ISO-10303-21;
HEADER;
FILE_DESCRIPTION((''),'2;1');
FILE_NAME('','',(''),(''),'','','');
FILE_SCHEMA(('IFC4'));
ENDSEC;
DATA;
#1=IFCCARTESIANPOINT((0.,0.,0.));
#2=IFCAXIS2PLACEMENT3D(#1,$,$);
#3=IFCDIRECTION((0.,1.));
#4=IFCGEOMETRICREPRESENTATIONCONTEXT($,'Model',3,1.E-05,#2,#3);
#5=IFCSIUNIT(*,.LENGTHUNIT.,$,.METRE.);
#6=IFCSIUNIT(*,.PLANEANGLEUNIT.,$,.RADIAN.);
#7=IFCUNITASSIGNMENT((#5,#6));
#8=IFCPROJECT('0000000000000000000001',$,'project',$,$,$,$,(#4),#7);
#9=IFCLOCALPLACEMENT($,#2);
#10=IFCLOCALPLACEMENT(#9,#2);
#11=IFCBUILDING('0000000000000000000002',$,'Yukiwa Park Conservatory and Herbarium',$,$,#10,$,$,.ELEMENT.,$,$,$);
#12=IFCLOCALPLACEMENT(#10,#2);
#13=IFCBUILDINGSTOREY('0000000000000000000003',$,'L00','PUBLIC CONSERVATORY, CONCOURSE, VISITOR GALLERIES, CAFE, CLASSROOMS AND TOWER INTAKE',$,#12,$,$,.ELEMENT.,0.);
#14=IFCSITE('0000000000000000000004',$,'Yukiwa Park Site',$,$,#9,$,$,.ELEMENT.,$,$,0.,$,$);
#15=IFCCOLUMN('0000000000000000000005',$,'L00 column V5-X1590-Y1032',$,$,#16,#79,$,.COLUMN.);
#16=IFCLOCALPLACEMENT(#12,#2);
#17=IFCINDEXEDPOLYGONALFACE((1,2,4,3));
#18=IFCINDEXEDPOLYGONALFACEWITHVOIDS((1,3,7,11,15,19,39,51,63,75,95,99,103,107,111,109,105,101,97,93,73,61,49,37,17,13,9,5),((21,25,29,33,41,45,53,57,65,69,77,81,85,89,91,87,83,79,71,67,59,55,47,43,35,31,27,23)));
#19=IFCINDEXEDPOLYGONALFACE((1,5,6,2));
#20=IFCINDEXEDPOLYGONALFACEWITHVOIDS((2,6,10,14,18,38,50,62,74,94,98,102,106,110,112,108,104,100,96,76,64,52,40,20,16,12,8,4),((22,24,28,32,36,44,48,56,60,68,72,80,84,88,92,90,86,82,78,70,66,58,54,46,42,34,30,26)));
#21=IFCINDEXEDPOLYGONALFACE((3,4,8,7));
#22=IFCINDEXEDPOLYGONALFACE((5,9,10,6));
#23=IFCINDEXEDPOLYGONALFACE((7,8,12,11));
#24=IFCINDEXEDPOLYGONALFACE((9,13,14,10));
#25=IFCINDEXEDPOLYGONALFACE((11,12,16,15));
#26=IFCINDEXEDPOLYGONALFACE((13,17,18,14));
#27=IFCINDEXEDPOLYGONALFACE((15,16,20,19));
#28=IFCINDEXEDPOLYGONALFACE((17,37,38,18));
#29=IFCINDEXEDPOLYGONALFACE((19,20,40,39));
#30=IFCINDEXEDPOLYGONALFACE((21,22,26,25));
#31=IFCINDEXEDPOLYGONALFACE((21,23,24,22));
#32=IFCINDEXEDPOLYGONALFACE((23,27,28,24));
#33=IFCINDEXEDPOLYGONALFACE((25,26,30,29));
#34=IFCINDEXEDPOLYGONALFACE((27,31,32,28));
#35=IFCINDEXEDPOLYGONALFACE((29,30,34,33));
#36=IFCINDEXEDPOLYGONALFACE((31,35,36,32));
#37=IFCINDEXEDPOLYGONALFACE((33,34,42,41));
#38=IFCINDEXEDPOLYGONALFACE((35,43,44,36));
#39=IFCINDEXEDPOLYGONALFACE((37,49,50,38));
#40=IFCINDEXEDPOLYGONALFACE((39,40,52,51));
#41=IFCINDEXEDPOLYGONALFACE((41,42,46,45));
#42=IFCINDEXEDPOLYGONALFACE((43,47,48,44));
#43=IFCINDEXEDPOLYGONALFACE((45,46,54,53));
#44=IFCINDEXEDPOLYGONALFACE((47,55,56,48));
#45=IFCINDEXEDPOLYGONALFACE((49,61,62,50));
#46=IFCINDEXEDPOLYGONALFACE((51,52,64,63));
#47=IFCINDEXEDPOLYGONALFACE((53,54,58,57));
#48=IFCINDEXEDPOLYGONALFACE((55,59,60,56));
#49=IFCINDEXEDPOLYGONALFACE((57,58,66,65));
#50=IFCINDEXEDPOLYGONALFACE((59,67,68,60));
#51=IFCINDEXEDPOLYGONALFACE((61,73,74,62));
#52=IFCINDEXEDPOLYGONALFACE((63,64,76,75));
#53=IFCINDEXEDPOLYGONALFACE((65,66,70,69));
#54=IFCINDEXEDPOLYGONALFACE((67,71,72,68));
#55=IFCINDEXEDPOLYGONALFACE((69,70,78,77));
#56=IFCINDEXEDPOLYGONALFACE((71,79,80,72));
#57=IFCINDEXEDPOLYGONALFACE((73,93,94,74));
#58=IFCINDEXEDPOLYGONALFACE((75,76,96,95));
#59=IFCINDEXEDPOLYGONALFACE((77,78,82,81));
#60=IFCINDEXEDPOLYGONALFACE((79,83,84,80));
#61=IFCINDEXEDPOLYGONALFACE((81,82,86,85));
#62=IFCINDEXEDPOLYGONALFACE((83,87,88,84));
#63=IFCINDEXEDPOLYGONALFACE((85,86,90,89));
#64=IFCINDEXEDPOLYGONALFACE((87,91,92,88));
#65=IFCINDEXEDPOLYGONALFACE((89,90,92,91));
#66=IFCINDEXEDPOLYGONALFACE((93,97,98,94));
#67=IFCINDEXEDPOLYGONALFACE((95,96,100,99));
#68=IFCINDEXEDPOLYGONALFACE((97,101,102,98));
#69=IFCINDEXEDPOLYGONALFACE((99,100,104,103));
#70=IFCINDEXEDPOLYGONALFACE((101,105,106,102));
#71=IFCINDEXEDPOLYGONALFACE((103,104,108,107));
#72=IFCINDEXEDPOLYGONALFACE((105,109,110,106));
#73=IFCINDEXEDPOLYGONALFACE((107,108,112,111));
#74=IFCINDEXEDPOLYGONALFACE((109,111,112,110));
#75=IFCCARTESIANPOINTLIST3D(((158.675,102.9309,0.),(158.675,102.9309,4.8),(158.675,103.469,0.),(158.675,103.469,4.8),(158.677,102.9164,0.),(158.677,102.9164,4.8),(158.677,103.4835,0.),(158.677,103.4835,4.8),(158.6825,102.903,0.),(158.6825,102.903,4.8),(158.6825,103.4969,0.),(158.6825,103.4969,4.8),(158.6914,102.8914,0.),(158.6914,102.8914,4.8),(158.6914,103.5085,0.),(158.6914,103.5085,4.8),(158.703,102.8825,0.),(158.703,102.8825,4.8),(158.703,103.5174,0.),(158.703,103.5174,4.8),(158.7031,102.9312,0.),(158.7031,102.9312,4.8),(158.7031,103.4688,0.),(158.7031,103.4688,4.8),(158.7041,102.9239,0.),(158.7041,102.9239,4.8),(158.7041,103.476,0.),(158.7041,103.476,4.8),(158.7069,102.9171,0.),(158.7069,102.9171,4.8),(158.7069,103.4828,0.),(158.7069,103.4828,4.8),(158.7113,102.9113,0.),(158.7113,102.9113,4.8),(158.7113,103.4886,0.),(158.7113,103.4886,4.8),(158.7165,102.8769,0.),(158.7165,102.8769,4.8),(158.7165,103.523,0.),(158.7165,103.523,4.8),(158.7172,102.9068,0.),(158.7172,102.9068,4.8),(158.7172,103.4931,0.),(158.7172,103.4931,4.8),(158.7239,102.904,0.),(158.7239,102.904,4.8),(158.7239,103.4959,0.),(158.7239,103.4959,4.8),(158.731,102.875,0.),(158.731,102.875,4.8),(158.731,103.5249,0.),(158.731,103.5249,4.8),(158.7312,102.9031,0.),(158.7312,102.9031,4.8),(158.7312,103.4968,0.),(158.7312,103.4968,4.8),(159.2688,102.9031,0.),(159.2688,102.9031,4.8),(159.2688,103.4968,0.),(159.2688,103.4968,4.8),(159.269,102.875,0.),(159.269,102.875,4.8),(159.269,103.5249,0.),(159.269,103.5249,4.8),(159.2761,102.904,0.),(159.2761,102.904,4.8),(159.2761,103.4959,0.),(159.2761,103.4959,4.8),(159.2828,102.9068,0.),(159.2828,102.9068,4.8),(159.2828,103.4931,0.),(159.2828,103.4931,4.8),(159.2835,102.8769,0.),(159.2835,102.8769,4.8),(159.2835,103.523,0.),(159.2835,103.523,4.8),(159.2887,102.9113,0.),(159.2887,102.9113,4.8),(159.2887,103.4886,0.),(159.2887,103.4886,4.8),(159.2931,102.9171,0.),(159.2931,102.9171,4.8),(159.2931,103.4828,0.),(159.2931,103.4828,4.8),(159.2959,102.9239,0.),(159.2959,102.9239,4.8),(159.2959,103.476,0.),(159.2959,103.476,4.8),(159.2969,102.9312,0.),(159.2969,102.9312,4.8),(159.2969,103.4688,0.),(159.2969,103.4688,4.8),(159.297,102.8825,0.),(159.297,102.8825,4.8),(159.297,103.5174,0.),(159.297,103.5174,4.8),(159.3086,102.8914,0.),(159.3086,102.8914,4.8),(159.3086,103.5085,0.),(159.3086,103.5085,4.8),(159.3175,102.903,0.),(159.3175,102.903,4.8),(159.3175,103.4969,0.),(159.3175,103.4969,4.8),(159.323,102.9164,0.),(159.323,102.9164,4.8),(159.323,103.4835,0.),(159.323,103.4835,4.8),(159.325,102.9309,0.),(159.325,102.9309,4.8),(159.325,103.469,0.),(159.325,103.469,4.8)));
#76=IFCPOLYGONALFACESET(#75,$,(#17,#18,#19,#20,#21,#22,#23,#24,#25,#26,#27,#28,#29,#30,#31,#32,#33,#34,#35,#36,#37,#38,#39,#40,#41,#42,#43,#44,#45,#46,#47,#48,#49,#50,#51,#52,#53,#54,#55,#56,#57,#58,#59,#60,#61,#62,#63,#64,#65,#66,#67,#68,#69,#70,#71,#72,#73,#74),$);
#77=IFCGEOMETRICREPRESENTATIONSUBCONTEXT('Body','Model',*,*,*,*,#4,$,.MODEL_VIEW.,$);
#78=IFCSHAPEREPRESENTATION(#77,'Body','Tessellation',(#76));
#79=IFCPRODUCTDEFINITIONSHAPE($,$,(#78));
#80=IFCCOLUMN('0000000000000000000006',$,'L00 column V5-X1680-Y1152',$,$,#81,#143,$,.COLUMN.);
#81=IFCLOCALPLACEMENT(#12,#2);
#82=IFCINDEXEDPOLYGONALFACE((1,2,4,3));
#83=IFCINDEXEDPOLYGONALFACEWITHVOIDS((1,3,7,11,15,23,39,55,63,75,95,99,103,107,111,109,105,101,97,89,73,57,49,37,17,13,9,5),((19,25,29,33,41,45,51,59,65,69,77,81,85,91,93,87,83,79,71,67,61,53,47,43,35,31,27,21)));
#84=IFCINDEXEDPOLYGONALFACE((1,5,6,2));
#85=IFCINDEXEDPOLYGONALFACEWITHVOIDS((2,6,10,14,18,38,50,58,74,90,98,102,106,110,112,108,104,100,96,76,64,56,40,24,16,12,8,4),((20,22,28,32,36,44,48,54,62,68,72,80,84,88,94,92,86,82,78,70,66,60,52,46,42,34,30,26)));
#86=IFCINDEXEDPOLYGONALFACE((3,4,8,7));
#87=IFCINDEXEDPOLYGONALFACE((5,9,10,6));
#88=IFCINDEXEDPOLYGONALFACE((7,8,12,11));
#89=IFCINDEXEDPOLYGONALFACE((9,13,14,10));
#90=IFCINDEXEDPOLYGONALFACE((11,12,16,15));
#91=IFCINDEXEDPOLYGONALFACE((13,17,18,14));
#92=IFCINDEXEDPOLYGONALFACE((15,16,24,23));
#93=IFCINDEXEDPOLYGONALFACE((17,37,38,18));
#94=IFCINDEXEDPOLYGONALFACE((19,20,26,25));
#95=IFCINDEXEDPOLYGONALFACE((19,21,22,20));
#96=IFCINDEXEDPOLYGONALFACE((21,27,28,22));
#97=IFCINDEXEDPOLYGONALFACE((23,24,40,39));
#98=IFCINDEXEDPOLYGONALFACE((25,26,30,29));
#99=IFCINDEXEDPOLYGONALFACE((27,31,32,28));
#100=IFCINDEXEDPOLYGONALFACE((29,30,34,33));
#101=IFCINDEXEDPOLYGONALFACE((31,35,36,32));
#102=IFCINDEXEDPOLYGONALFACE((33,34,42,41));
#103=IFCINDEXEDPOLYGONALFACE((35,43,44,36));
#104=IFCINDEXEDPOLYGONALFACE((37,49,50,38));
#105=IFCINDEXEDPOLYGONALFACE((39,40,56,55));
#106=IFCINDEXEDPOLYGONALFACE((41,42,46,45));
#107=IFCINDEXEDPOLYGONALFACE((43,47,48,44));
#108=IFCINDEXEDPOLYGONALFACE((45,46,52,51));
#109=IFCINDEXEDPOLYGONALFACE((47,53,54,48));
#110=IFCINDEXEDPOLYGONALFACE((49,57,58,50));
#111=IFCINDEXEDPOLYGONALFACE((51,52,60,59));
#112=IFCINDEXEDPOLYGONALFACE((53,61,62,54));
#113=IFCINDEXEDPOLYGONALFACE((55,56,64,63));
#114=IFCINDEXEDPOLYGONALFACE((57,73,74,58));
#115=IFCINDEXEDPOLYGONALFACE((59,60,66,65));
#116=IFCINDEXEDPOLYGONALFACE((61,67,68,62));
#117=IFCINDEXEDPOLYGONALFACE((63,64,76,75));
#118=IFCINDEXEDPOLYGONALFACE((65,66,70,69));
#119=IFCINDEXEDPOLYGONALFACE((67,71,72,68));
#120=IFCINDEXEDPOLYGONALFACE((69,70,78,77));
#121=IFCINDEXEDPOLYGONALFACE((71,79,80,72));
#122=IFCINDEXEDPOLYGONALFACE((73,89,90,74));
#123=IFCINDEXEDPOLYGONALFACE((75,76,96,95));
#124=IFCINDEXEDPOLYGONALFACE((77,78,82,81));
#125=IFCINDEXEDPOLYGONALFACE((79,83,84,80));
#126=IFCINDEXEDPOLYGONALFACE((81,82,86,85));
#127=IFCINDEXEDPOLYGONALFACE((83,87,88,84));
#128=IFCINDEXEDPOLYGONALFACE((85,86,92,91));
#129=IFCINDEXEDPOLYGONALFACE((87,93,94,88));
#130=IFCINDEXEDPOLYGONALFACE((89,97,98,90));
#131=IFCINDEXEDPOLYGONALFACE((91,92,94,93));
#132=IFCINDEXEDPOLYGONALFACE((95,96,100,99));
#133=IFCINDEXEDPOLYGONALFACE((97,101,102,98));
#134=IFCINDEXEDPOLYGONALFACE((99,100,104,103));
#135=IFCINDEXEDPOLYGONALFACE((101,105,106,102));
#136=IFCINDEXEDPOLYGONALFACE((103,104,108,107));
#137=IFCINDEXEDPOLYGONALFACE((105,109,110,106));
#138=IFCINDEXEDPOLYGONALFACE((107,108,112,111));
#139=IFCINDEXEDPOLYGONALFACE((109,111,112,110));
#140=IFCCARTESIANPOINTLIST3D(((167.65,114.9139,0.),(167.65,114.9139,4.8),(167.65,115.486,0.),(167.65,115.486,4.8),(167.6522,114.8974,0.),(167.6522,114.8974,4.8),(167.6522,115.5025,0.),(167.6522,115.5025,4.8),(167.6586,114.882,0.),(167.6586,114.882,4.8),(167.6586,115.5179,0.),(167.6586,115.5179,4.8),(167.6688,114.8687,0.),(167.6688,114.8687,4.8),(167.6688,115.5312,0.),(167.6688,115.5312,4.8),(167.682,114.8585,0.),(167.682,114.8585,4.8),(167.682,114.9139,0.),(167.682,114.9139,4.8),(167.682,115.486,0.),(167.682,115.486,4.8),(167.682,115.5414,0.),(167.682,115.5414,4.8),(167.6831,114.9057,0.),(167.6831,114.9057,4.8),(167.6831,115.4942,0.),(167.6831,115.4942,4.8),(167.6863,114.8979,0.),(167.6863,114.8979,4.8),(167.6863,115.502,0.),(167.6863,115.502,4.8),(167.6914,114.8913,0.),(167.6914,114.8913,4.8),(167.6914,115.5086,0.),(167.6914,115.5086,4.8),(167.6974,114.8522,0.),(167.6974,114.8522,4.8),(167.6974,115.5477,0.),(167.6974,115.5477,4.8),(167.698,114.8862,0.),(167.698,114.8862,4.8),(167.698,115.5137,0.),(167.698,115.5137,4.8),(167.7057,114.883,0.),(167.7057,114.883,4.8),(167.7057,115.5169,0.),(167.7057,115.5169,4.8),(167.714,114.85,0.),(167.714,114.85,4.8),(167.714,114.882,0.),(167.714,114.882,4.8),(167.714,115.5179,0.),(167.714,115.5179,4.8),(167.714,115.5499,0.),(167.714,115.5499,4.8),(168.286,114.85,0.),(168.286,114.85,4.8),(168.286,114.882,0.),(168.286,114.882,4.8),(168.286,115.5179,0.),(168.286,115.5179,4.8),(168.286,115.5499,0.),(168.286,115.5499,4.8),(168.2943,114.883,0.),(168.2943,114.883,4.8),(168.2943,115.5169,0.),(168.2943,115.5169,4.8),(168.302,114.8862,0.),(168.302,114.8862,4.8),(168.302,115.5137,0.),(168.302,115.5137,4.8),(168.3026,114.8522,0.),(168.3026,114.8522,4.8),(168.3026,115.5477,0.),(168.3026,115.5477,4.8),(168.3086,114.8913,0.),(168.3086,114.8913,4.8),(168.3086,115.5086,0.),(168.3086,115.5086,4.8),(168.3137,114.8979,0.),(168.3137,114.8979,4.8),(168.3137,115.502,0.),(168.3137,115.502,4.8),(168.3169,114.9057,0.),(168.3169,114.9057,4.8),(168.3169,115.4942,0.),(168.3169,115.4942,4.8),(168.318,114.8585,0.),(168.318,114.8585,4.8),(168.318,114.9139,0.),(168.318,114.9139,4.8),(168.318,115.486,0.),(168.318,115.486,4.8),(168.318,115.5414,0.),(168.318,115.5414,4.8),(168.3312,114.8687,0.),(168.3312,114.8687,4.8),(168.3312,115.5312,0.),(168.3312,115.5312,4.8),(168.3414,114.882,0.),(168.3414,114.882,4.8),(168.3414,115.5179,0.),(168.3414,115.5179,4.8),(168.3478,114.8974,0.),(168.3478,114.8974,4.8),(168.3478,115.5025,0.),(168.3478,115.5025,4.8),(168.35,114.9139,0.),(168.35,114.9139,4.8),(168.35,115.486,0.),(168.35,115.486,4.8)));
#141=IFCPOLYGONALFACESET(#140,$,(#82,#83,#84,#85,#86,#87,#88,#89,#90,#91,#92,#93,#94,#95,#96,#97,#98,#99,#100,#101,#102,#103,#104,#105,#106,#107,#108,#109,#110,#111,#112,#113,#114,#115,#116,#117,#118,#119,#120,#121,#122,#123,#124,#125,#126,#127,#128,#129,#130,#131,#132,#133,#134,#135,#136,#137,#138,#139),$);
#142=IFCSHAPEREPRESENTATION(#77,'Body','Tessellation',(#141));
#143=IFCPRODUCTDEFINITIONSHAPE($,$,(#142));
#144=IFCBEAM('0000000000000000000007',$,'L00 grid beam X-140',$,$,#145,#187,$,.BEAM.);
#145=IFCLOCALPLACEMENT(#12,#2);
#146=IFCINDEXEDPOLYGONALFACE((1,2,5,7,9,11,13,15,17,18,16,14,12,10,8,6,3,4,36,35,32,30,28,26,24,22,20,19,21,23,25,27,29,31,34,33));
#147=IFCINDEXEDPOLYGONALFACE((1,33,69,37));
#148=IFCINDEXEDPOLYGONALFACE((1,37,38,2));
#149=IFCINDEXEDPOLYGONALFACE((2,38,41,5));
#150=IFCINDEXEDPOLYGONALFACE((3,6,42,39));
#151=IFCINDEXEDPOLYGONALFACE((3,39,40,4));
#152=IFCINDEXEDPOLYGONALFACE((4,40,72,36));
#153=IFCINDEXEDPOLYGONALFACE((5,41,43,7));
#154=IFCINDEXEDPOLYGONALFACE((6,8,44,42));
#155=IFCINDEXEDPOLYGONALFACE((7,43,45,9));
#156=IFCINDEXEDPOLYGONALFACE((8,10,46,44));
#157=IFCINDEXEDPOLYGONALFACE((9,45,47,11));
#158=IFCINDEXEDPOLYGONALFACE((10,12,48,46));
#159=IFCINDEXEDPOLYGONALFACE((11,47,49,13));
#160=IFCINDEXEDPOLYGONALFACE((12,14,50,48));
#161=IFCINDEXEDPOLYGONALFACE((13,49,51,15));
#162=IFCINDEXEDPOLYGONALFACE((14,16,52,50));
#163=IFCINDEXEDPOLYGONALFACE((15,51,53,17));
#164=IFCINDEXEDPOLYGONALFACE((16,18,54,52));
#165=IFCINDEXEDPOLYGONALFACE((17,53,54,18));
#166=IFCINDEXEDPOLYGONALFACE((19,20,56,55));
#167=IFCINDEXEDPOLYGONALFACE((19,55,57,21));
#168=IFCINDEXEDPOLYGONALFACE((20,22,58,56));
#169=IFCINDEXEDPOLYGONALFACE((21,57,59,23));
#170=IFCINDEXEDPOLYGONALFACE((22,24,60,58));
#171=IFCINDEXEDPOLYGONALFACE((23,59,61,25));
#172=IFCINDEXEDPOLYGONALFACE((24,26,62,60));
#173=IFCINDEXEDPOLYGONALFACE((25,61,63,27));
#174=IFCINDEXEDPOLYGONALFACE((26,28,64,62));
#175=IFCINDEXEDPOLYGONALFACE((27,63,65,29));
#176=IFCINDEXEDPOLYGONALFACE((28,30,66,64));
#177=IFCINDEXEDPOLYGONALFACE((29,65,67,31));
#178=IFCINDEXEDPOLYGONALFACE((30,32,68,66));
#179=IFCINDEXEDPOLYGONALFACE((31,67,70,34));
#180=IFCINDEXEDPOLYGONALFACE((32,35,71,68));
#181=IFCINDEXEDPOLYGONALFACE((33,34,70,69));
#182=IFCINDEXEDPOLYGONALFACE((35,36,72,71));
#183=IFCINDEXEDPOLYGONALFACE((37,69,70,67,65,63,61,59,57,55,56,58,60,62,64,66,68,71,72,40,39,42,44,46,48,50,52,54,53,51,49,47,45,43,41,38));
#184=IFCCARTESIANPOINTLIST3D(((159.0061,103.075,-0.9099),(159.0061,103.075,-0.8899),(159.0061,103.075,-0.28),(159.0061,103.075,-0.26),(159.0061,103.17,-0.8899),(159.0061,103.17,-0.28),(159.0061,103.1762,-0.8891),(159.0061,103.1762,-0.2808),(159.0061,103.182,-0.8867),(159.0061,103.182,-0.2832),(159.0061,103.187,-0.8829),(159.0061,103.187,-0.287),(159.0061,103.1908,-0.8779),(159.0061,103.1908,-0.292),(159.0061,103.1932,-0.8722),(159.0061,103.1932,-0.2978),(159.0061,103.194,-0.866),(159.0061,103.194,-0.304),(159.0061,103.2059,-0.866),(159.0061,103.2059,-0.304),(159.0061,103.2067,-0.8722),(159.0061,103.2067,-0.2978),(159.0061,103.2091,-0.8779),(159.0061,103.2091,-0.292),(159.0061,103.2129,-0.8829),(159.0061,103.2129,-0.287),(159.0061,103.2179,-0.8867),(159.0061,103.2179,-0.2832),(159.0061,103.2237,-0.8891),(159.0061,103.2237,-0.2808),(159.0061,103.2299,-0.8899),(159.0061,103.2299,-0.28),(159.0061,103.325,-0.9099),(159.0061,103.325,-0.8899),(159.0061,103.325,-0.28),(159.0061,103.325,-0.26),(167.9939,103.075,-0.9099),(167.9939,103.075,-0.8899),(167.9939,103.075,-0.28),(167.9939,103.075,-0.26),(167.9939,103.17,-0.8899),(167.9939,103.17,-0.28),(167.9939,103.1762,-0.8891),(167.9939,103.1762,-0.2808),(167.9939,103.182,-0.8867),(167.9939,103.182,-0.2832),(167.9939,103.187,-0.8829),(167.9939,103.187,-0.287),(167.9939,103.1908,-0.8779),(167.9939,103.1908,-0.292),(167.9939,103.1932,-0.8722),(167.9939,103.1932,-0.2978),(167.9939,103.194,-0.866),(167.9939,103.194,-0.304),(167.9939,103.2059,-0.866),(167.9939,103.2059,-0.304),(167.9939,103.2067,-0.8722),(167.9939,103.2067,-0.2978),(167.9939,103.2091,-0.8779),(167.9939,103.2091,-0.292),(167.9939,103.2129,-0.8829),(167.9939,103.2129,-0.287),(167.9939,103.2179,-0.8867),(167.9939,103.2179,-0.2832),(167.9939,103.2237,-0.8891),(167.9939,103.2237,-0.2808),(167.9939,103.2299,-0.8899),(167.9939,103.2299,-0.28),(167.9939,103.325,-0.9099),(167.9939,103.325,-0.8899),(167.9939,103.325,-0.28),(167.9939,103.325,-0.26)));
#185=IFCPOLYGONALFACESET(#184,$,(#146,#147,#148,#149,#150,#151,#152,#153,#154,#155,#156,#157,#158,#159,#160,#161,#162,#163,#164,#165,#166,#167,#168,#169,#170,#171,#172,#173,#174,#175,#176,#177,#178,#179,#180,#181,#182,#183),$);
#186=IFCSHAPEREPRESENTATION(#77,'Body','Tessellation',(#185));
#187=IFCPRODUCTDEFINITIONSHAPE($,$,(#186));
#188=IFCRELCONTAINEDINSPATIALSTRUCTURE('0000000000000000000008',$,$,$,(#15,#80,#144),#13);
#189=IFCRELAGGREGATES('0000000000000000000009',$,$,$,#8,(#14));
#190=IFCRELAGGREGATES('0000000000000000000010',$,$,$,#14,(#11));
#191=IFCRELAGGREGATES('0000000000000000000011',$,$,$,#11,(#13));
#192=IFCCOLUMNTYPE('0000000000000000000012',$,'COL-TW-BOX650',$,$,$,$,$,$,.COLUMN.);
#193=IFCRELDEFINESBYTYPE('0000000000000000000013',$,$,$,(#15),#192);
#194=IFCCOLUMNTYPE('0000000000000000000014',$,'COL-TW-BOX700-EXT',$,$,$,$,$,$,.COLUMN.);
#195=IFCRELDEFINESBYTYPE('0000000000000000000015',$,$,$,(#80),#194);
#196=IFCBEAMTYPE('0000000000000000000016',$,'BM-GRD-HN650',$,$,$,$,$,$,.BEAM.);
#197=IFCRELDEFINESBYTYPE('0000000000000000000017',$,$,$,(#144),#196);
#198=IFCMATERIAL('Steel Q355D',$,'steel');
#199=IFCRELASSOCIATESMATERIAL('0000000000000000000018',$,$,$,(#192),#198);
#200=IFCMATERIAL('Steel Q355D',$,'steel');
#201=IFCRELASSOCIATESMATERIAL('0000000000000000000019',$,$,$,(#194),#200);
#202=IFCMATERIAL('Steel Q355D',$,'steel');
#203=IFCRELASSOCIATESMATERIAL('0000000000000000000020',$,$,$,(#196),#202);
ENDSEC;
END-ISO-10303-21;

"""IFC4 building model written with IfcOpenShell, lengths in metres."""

from ifc_helpers import new_model, si_unit, direction, frame, origin, origin_2d, place, context, subcontext, project, spatial, hollow_rectangle, i_section, extrude, material, material_profile, profile_set, type_object, element, save


model = new_model("IFC4")

# Units and contexts
model_context = context("Model", 3, precision=1e-05, world=origin(), true_north=direction((0.0, 1.0)))
body_context = subcontext(model_context, "Body", "Model", "MODEL_VIEW")
ifc_project = project(units=[si_unit("LENGTHUNIT", "METRE"), si_unit("PLANEANGLEUNIT", "RADIAN")], contexts=[model_context])

# Site, building, storey
site_placement = place(None, origin())
site = spatial("IfcSite", under=ifc_project, at=site_placement, Name="Yukiwa Park Site", CompositionType="ELEMENT", RefElevation=0.0)
building_placement = place(site_placement, origin())
building = spatial("IfcBuilding", under=site, at=building_placement, Name="Yukiwa Park Conservatory and Herbarium", CompositionType="ELEMENT")
storey_placement = place(building_placement, origin())
storey = spatial("IfcBuildingStorey", under=building, at=storey_placement, Name="L00", Description="PUBLIC CONSERVATORY, CONCOURSE, VISITOR GALLERIES, CAFE, CLASSROOMS AND TOWER INTAKE", CompositionType="ELEMENT", Elevation=0.0)

# Columns
ifc_material_1 = material(Name="Steel Q355D", Category="steel")
ifc_material_profile_1 = material_profile(ifc_material_1, hollow_rectangle(XDim=0.6499, YDim=0.6499, WallThickness=0.0281, InnerFilletRadius=0.0281, OuterFilletRadius=0.0559, at=origin_2d()), Name="BOX 650x650x28")
ifc_profile_set_1 = profile_set([ifc_material_profile_1], Name="Steel Q355D")
column_type_1 = type_object("IfcColumnType", Name="COL-TW-BOX650", PredefinedType="COLUMN", material=ifc_profile_set_1)
column_1_placement = place(storey_placement, frame((159.0, 103.2, 0.0), z_axis=(0.0, 0.0, 1.0), x_axis=(1.0, 0.0, 0.0)))
element("IfcColumn", 1, at=column_1_placement, inside=storey, type_object=column_type_1, Name="L00 column V5-X1590-Y1032", PredefinedType="COLUMN", context=body_context, shape_type="SweptSolid", body=[
    extrude(hollow_rectangle(XDim=0.6499, YDim=0.6499, WallThickness=0.0281, InnerFilletRadius=0.0281, OuterFilletRadius=0.0559, at=origin_2d()), origin(), (0.0, 0.0, 1.0), 4.8),
])
ifc_material_2 = material(Name="Steel Q355D", Category="steel")
ifc_material_profile_2 = material_profile(ifc_material_2, hollow_rectangle(XDim=0.7, YDim=0.7, WallThickness=0.032, InnerFilletRadius=0.032, OuterFilletRadius=0.064, at=origin_2d()), Name="BOX 700x700x32")
ifc_profile_set_2 = profile_set([ifc_material_profile_2], Name="Steel Q355D")
column_type_2 = type_object("IfcColumnType", Name="COL-TW-BOX700-EXT", PredefinedType="COLUMN", material=ifc_profile_set_2)
column_2_placement = place(storey_placement, frame((168.0, 115.2, 0.0), z_axis=(0.0, 0.0, 1.0), x_axis=(1.0, 0.0, 0.0)))
element("IfcColumn", 2, at=column_2_placement, inside=storey, type_object=column_type_2, Name="L00 column V5-X1680-Y1152", PredefinedType="COLUMN", context=body_context, shape_type="SweptSolid", body=[
    extrude(hollow_rectangle(XDim=0.7, YDim=0.7, WallThickness=0.032, InnerFilletRadius=0.032, OuterFilletRadius=0.064, at=origin_2d()), origin(), (0.0, 0.0, 1.0), 4.8),
])

# Beam
ifc_material_3 = material(Name="Steel Q355D", Category="steel")
ifc_material_profile_3 = material_profile(ifc_material_3, i_section(OverallWidth=0.25, OverallDepth=0.6499, WebThickness=0.012, FlangeThickness=0.02, FilletRadius=0.0239, at=origin_2d()), Name="HN 650x250x12x20")
ifc_profile_set_3 = profile_set([ifc_material_profile_3], Name="Steel Q355D")
beam_type_1 = type_object("IfcBeamType", Name="BM-GRD-HN650", PredefinedType="BEAM", material=ifc_profile_set_3)
for number, where, z_axis, x_axis, name in (
    (3, (159.0061, 103.2, -0.585), (1.0, 0.0, 0.0), (0.0, 1.0, 0.0), "L00 grid beam X-140"),
):
    element("IfcBeam", number, at=place(storey_placement, frame(where, z_axis=z_axis, x_axis=x_axis)), inside=storey, type_object=beam_type_1, Name=name, PredefinedType="BEAM", context=body_context, shape_type="SweptSolid", body=[
        extrude(i_section(OverallWidth=0.25, OverallDepth=0.6499, WebThickness=0.012, FlangeThickness=0.02, FilletRadius=0.0239, at=origin_2d()), origin(), (0.0, 0.0, 1.0), 8.9878),
    ])

save(model, "model.ifc")
